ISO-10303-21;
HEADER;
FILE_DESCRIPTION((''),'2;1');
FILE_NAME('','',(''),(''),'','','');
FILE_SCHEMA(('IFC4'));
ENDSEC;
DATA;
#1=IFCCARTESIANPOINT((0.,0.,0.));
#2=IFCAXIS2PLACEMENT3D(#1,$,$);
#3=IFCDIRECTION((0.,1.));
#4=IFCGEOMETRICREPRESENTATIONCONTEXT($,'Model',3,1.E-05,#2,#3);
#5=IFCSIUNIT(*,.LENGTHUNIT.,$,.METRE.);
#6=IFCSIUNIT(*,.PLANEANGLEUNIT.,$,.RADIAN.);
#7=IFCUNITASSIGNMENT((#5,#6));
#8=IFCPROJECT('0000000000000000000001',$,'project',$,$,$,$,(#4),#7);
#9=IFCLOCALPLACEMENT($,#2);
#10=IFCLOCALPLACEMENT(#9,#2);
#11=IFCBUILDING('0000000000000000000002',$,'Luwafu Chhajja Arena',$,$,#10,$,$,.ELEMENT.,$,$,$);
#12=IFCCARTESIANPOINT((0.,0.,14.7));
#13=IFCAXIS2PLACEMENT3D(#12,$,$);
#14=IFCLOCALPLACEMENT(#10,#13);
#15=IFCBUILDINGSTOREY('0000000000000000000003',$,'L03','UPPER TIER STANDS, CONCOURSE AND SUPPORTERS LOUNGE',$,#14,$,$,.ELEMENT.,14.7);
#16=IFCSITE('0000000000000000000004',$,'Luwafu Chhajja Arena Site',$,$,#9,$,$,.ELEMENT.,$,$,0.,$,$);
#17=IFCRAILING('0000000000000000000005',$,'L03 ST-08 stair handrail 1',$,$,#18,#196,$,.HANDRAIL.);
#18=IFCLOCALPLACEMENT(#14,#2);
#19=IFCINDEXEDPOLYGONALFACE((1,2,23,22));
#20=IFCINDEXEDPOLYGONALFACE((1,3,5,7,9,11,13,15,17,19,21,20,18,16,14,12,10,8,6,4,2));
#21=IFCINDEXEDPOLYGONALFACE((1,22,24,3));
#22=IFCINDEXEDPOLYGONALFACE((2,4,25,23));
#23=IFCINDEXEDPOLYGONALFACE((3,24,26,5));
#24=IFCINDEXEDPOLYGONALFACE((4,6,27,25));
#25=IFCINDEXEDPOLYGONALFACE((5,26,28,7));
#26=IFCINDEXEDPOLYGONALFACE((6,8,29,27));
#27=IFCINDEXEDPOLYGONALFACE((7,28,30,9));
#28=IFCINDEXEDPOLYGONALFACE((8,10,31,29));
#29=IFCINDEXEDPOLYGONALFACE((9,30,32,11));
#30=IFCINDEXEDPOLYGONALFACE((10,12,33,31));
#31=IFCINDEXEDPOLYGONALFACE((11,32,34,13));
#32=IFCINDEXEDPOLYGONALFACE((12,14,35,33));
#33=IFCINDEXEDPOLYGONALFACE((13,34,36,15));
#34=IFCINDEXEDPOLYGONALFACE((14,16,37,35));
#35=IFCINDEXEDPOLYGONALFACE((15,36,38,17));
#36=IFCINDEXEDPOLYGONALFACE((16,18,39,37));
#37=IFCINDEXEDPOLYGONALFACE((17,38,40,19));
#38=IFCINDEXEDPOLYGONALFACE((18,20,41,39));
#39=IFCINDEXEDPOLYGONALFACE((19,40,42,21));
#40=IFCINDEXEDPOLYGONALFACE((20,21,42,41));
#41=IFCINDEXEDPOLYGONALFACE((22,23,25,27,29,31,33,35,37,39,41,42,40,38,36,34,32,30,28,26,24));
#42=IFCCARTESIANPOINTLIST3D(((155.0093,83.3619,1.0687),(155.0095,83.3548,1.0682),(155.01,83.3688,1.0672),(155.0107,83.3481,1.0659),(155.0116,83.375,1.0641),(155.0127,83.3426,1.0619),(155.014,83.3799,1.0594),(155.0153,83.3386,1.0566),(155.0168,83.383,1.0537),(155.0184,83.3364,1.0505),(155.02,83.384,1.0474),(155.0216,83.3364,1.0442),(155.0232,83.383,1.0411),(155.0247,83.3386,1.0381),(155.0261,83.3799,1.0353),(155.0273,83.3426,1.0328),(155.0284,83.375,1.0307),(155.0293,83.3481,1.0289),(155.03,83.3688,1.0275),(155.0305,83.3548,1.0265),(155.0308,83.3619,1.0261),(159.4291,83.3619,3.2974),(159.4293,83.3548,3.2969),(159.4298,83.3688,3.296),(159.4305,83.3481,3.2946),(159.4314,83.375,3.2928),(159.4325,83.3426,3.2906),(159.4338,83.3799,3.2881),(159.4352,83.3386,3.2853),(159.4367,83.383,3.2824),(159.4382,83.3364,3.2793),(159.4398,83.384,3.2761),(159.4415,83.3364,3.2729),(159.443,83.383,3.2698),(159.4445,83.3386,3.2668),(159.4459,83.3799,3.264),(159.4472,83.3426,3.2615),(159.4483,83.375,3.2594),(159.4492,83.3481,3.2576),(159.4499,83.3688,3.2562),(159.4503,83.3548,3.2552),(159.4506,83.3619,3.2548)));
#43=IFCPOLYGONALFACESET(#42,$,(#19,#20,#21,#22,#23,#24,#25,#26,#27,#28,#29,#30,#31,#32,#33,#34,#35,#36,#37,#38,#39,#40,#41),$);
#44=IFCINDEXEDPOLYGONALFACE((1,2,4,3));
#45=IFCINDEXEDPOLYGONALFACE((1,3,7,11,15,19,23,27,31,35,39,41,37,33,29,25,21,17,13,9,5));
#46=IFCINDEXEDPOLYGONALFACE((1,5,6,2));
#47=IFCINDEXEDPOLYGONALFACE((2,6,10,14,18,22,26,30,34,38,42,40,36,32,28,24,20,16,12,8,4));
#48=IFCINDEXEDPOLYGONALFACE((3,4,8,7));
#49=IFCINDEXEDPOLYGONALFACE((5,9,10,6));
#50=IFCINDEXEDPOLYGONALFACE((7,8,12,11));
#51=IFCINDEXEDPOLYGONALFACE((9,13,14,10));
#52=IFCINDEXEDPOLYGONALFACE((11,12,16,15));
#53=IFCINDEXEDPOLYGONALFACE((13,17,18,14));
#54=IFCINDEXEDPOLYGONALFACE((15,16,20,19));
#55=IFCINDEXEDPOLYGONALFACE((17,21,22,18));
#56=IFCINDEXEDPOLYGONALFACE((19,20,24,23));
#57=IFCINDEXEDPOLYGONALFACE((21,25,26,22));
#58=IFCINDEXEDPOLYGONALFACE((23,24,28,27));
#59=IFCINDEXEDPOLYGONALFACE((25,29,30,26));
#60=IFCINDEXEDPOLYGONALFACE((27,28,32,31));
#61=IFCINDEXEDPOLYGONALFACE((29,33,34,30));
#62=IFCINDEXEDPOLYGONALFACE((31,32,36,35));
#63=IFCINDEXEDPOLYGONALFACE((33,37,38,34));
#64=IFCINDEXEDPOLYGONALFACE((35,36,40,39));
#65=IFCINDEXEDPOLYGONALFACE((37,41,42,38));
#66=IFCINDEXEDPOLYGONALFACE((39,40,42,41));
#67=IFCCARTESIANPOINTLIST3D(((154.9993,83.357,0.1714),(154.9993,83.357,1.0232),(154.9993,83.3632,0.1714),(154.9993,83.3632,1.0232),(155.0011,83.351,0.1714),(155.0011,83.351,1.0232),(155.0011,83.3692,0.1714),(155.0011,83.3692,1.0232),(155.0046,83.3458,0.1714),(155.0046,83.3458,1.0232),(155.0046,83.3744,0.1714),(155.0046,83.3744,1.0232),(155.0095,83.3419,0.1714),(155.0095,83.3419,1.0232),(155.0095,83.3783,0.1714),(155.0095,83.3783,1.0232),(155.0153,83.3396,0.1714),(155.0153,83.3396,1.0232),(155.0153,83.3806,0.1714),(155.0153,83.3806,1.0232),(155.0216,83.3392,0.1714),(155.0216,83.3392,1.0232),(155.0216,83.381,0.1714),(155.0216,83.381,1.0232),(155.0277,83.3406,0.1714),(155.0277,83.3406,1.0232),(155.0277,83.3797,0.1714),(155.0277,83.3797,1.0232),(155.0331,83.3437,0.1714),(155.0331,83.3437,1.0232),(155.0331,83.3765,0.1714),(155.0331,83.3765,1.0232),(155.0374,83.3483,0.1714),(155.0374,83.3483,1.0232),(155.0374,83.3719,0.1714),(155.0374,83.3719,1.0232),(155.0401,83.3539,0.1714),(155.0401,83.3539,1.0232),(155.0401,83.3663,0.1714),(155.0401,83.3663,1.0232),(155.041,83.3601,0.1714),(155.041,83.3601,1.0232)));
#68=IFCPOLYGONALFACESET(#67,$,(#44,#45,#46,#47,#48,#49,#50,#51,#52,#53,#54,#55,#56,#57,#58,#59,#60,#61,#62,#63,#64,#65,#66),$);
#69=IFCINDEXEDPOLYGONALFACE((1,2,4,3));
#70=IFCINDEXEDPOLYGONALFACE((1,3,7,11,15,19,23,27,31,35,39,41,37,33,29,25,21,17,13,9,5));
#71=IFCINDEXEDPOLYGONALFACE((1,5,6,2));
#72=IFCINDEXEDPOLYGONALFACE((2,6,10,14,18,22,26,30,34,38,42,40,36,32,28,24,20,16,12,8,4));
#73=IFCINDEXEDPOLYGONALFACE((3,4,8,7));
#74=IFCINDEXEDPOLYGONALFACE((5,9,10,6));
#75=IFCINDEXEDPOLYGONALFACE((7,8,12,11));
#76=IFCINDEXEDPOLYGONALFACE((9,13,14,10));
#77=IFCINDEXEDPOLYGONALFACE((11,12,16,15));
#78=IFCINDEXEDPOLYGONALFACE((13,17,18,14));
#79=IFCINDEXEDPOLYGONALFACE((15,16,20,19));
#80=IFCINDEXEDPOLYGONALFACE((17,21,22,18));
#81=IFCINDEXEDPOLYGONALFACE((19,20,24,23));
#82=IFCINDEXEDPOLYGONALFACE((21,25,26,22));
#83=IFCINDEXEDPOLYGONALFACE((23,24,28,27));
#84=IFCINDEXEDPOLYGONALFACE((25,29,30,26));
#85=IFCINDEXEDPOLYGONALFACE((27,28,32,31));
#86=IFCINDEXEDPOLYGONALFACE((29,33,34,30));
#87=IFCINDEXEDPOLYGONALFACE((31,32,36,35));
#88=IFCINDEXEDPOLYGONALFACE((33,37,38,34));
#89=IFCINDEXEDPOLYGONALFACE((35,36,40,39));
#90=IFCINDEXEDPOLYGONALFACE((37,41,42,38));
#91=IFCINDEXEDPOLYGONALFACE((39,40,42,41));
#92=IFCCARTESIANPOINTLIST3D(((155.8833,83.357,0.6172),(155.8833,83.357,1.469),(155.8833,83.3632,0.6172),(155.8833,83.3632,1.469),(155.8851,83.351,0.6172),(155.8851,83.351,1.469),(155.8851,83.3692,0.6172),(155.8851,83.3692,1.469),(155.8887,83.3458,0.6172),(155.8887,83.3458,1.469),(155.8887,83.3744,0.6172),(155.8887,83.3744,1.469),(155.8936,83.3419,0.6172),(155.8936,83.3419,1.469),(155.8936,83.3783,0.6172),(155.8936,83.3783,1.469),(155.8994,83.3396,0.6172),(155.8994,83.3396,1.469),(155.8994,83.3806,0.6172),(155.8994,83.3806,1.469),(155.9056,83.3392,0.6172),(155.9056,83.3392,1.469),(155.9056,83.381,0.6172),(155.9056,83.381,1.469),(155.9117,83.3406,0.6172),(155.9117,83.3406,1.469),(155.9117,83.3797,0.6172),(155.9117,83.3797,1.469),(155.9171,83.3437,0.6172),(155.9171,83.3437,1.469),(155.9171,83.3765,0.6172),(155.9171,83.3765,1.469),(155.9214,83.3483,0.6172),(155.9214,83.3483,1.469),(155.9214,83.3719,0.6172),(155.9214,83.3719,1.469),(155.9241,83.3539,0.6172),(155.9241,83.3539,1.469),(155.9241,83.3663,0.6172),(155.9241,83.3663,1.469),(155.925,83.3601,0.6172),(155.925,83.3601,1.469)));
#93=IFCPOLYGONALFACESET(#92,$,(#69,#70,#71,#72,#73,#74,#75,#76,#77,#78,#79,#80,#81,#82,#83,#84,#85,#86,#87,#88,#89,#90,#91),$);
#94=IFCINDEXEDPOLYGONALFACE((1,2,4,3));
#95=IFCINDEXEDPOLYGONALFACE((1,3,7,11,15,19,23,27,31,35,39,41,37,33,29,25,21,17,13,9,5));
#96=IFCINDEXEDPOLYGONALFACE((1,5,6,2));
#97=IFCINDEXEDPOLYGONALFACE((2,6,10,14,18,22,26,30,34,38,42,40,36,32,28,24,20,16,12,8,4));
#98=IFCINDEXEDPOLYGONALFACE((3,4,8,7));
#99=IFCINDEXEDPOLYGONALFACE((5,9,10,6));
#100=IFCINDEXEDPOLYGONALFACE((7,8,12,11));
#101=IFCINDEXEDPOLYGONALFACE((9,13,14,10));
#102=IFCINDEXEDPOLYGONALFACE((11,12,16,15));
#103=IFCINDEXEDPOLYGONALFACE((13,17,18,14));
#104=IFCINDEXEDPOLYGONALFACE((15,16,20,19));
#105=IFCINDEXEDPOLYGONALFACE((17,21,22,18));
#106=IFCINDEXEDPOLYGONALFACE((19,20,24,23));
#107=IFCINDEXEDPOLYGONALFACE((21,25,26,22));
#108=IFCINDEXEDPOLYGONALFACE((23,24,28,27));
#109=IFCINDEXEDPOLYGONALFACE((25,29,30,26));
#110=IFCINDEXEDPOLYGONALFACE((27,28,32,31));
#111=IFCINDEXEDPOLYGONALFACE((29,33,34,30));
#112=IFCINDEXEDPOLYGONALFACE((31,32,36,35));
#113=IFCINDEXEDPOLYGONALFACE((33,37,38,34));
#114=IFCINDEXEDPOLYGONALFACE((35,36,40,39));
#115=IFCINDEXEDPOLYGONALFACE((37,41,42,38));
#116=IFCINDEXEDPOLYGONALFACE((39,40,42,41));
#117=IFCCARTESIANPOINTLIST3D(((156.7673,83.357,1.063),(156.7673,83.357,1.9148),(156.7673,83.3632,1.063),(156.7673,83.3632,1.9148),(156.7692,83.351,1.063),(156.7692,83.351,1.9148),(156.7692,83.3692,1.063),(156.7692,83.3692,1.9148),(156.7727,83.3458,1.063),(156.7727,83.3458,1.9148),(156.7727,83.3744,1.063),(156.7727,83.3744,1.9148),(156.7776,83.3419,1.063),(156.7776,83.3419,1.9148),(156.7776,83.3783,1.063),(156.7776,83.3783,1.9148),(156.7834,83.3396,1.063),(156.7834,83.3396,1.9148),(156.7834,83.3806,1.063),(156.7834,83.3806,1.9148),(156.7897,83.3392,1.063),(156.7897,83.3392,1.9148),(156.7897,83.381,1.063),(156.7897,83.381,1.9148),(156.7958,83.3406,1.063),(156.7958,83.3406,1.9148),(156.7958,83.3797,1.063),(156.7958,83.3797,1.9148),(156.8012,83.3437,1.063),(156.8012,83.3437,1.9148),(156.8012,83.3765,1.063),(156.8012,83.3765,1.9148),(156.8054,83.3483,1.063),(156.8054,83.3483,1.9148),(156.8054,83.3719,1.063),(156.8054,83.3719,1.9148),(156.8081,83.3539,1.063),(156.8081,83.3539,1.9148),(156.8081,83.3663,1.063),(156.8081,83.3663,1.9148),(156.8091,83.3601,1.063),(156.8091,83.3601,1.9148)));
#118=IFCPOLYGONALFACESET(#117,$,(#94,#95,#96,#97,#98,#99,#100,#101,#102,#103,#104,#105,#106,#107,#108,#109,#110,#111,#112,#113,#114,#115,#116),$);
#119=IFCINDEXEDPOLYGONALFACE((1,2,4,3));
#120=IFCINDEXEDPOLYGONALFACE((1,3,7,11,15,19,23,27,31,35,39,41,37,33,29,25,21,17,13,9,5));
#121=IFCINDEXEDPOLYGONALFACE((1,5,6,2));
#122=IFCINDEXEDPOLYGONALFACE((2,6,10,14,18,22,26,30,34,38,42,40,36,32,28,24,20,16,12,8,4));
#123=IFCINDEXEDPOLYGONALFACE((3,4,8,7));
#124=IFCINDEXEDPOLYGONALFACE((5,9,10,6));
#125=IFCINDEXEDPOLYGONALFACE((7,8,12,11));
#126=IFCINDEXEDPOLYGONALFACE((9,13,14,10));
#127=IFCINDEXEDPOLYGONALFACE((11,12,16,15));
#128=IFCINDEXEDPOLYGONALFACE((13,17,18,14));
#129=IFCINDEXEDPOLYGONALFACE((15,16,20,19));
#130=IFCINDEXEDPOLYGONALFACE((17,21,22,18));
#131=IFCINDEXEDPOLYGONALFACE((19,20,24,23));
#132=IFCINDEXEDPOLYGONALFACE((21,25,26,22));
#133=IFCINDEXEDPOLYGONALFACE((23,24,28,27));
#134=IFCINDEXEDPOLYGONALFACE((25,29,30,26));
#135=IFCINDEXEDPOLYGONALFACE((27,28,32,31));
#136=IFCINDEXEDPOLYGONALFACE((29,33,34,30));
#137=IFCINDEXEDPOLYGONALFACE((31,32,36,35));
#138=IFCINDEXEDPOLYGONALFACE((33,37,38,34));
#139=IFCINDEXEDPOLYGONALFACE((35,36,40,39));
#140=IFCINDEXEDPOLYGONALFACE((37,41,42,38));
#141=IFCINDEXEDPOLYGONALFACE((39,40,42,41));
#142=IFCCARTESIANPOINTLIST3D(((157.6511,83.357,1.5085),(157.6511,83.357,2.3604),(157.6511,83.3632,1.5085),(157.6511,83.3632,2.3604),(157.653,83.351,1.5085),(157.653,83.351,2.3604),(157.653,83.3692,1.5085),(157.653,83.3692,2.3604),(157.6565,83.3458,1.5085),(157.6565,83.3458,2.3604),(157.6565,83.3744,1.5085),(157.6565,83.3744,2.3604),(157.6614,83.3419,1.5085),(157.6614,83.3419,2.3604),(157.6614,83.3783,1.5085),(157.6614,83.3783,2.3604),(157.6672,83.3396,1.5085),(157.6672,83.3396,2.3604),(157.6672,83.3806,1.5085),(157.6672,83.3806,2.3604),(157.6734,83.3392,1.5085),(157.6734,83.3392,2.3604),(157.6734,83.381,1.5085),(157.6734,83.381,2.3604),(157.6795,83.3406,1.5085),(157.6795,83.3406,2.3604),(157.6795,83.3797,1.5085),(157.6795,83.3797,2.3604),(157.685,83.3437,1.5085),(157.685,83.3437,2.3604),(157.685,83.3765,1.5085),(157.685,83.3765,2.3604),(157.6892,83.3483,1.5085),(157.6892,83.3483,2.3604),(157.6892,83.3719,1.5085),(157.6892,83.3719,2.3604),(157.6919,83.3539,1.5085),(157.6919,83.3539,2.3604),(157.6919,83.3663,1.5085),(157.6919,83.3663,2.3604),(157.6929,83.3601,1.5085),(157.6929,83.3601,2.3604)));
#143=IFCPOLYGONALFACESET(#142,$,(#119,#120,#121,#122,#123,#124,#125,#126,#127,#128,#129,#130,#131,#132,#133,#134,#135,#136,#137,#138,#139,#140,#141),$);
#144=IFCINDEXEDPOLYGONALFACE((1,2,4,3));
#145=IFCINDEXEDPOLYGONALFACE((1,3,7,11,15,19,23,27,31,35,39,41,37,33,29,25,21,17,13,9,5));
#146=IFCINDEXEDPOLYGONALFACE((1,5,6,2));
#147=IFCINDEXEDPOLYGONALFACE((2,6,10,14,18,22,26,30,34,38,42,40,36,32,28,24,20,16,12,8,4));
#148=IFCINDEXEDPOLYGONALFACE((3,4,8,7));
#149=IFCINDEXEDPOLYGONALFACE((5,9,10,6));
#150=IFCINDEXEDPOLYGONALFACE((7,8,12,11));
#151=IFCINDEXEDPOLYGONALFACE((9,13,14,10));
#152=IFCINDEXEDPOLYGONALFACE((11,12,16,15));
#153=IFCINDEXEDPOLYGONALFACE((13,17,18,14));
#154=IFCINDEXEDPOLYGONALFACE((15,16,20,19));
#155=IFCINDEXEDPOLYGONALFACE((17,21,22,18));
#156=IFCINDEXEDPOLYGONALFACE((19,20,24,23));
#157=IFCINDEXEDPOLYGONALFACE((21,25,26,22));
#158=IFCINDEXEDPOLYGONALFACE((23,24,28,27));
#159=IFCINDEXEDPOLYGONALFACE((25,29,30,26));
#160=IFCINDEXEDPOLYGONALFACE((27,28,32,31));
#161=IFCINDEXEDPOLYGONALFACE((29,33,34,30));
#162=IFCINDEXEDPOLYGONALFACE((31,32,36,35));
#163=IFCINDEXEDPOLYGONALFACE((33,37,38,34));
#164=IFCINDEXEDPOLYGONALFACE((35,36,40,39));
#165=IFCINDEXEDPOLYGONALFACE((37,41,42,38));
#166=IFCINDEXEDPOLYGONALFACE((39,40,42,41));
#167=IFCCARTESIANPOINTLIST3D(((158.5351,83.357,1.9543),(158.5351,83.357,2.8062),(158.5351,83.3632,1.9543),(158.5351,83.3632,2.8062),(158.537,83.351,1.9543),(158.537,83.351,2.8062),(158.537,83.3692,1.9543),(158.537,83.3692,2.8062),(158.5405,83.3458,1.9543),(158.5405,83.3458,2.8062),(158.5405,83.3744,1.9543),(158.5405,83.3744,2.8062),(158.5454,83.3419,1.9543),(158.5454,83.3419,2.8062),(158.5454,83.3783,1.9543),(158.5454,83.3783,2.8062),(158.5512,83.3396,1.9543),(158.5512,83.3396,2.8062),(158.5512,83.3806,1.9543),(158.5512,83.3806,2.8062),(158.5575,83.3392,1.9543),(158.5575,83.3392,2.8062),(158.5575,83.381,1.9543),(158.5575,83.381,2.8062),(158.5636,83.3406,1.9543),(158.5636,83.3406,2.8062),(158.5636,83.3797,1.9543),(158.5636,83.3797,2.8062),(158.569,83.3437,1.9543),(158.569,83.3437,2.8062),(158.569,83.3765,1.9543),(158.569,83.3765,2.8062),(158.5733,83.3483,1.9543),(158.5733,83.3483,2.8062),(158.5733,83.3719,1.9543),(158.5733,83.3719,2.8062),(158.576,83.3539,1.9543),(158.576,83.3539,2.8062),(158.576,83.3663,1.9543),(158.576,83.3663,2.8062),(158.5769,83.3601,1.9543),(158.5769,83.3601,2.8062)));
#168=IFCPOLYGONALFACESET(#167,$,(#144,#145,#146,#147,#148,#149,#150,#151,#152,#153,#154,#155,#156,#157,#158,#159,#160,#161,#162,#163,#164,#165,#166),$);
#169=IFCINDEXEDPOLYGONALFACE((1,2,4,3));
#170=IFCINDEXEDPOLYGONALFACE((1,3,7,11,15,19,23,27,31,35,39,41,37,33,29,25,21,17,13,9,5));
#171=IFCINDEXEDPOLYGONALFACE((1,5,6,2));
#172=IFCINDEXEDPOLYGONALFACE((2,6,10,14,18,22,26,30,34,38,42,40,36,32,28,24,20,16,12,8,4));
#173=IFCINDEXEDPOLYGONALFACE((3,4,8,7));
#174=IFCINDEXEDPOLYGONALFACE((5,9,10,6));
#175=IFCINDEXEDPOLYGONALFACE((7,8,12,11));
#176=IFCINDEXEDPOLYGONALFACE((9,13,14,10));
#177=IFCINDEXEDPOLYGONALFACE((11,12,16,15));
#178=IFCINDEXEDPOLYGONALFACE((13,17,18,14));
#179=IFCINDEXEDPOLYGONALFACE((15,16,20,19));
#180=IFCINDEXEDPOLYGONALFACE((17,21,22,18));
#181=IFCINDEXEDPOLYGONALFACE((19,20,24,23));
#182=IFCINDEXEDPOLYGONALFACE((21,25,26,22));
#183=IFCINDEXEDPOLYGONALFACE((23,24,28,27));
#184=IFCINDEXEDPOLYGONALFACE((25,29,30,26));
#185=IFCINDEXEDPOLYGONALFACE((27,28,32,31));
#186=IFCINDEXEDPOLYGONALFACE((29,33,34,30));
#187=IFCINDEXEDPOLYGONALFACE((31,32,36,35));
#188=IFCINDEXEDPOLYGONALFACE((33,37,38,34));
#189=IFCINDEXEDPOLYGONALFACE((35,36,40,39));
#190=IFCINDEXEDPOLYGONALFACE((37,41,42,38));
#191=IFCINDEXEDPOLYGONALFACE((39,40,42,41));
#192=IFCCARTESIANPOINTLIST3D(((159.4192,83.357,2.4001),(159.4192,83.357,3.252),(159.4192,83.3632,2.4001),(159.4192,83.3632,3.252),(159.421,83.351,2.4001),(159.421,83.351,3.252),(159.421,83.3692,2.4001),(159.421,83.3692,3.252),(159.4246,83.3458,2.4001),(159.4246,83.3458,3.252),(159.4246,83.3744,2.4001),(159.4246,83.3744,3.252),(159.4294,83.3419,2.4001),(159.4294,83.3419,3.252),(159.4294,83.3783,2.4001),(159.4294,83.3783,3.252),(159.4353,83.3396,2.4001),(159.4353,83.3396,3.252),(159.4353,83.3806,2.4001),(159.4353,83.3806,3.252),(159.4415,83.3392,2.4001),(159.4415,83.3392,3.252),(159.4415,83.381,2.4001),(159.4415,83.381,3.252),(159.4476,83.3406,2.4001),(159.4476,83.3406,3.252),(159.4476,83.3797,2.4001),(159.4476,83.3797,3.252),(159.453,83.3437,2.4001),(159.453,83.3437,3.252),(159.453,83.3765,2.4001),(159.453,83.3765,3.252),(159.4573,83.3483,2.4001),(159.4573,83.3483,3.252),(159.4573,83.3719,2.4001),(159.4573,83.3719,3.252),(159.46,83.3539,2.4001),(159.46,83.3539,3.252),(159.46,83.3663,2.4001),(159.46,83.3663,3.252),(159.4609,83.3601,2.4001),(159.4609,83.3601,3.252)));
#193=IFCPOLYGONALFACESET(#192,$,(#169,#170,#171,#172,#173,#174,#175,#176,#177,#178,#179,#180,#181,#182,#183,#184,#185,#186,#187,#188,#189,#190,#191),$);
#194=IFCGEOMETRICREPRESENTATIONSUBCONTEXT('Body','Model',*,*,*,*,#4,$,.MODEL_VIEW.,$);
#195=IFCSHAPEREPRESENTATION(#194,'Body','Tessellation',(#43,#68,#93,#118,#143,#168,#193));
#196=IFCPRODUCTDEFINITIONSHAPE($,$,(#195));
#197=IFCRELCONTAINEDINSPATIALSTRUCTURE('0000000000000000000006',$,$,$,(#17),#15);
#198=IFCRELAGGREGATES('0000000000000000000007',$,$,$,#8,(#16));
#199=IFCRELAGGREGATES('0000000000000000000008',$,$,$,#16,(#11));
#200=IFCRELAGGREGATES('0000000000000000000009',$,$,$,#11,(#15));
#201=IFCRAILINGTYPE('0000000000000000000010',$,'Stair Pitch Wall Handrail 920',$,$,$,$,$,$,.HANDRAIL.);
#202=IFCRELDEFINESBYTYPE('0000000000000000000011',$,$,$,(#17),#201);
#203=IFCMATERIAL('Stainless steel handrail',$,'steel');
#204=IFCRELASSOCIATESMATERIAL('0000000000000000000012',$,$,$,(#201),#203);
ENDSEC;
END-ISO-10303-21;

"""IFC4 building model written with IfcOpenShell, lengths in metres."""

from ifc_helpers import new_model, si_unit, direction, frame, origin, origin_2d, place, context, subcontext, project, spatial, circle, extrude, material, type_object, element, save


model = new_model("IFC4")

# Units and contexts
model_context = context("Model", 3, precision=1e-05, world=origin(), true_north=direction((0.0, 1.0)))
body_context = subcontext(model_context, "Body", "Model", "MODEL_VIEW")
ifc_project = project(units=[si_unit("LENGTHUNIT", "METRE"), si_unit("PLANEANGLEUNIT", "RADIAN")], contexts=[model_context])

# Site, building, storey
site_placement = place(None, origin())
site = spatial("IfcSite", under=ifc_project, at=site_placement, Name="Luwafu Chhajja Arena Site", CompositionType="ELEMENT", RefElevation=0.0)
building_placement = place(site_placement, origin())
building = spatial("IfcBuilding", under=site, at=building_placement, Name="Luwafu Chhajja Arena", CompositionType="ELEMENT")
storey_placement = place(building_placement, frame((0.0, 0.0, 14.7)))
storey = spatial("IfcBuildingStorey", under=building, at=storey_placement, Name="L03", Description="UPPER TIER STANDS, CONCOURSE AND SUPPORTERS LOUNGE", CompositionType="ELEMENT", Elevation=14.7)

# Railing
ifc_material_1 = material(Name="Stainless steel handrail", Category="steel")
railing_type_1 = type_object("IfcRailingType", Name="Stair Pitch Wall Handrail 920", PredefinedType="HANDRAIL", material=ifc_material_1)
railing_1_placement = place(storey_placement, frame((155.02, 83.3601, 0.1714)))
element("IfcRailing", 1, at=railing_1_placement, inside=storey, type_object=railing_type_1, Name="L03 ST-08 stair handrail 1", PredefinedType="HANDRAIL", context=body_context, shape_type="SweptSolid", body=[
    extrude(circle(Radius=0.0239, at=origin_2d()), frame((0.0, 0.0, 0.876), z_axis=(0.892903, 0.0, 0.450249), x_axis=(0.0, 1.0, 0.0)), (0.0, 0.0, 1.0), 4.95),
    extrude(circle(Radius=0.021, at=origin_2d()), origin(), (0.0, 0.0, 1.0), 0.8518),
    extrude(circle(Radius=0.021, at=origin_2d()), frame((0.884, 0.0, 0.4458)), (0.0, 0.0, 1.0), 0.8518),
    extrude(circle(Radius=0.021, at=origin_2d()), frame((1.7681, 0.0, 0.8916)), (0.0, 0.0, 1.0), 0.8518),
    extrude(circle(Radius=0.021, at=origin_2d()), frame((2.6519, 0.0, 1.3372)), (0.0, 0.0, 1.0), 0.8518),
    extrude(circle(Radius=0.021, at=origin_2d()), frame((3.5359, 0.0, 1.783)), (0.0, 0.0, 1.0), 0.8518),
    extrude(circle(Radius=0.021, at=origin_2d()), frame((4.4199, 0.0, 2.2288)), (0.0, 0.0, 1.0), 0.8518),
])

save(model, "model.ifc")
